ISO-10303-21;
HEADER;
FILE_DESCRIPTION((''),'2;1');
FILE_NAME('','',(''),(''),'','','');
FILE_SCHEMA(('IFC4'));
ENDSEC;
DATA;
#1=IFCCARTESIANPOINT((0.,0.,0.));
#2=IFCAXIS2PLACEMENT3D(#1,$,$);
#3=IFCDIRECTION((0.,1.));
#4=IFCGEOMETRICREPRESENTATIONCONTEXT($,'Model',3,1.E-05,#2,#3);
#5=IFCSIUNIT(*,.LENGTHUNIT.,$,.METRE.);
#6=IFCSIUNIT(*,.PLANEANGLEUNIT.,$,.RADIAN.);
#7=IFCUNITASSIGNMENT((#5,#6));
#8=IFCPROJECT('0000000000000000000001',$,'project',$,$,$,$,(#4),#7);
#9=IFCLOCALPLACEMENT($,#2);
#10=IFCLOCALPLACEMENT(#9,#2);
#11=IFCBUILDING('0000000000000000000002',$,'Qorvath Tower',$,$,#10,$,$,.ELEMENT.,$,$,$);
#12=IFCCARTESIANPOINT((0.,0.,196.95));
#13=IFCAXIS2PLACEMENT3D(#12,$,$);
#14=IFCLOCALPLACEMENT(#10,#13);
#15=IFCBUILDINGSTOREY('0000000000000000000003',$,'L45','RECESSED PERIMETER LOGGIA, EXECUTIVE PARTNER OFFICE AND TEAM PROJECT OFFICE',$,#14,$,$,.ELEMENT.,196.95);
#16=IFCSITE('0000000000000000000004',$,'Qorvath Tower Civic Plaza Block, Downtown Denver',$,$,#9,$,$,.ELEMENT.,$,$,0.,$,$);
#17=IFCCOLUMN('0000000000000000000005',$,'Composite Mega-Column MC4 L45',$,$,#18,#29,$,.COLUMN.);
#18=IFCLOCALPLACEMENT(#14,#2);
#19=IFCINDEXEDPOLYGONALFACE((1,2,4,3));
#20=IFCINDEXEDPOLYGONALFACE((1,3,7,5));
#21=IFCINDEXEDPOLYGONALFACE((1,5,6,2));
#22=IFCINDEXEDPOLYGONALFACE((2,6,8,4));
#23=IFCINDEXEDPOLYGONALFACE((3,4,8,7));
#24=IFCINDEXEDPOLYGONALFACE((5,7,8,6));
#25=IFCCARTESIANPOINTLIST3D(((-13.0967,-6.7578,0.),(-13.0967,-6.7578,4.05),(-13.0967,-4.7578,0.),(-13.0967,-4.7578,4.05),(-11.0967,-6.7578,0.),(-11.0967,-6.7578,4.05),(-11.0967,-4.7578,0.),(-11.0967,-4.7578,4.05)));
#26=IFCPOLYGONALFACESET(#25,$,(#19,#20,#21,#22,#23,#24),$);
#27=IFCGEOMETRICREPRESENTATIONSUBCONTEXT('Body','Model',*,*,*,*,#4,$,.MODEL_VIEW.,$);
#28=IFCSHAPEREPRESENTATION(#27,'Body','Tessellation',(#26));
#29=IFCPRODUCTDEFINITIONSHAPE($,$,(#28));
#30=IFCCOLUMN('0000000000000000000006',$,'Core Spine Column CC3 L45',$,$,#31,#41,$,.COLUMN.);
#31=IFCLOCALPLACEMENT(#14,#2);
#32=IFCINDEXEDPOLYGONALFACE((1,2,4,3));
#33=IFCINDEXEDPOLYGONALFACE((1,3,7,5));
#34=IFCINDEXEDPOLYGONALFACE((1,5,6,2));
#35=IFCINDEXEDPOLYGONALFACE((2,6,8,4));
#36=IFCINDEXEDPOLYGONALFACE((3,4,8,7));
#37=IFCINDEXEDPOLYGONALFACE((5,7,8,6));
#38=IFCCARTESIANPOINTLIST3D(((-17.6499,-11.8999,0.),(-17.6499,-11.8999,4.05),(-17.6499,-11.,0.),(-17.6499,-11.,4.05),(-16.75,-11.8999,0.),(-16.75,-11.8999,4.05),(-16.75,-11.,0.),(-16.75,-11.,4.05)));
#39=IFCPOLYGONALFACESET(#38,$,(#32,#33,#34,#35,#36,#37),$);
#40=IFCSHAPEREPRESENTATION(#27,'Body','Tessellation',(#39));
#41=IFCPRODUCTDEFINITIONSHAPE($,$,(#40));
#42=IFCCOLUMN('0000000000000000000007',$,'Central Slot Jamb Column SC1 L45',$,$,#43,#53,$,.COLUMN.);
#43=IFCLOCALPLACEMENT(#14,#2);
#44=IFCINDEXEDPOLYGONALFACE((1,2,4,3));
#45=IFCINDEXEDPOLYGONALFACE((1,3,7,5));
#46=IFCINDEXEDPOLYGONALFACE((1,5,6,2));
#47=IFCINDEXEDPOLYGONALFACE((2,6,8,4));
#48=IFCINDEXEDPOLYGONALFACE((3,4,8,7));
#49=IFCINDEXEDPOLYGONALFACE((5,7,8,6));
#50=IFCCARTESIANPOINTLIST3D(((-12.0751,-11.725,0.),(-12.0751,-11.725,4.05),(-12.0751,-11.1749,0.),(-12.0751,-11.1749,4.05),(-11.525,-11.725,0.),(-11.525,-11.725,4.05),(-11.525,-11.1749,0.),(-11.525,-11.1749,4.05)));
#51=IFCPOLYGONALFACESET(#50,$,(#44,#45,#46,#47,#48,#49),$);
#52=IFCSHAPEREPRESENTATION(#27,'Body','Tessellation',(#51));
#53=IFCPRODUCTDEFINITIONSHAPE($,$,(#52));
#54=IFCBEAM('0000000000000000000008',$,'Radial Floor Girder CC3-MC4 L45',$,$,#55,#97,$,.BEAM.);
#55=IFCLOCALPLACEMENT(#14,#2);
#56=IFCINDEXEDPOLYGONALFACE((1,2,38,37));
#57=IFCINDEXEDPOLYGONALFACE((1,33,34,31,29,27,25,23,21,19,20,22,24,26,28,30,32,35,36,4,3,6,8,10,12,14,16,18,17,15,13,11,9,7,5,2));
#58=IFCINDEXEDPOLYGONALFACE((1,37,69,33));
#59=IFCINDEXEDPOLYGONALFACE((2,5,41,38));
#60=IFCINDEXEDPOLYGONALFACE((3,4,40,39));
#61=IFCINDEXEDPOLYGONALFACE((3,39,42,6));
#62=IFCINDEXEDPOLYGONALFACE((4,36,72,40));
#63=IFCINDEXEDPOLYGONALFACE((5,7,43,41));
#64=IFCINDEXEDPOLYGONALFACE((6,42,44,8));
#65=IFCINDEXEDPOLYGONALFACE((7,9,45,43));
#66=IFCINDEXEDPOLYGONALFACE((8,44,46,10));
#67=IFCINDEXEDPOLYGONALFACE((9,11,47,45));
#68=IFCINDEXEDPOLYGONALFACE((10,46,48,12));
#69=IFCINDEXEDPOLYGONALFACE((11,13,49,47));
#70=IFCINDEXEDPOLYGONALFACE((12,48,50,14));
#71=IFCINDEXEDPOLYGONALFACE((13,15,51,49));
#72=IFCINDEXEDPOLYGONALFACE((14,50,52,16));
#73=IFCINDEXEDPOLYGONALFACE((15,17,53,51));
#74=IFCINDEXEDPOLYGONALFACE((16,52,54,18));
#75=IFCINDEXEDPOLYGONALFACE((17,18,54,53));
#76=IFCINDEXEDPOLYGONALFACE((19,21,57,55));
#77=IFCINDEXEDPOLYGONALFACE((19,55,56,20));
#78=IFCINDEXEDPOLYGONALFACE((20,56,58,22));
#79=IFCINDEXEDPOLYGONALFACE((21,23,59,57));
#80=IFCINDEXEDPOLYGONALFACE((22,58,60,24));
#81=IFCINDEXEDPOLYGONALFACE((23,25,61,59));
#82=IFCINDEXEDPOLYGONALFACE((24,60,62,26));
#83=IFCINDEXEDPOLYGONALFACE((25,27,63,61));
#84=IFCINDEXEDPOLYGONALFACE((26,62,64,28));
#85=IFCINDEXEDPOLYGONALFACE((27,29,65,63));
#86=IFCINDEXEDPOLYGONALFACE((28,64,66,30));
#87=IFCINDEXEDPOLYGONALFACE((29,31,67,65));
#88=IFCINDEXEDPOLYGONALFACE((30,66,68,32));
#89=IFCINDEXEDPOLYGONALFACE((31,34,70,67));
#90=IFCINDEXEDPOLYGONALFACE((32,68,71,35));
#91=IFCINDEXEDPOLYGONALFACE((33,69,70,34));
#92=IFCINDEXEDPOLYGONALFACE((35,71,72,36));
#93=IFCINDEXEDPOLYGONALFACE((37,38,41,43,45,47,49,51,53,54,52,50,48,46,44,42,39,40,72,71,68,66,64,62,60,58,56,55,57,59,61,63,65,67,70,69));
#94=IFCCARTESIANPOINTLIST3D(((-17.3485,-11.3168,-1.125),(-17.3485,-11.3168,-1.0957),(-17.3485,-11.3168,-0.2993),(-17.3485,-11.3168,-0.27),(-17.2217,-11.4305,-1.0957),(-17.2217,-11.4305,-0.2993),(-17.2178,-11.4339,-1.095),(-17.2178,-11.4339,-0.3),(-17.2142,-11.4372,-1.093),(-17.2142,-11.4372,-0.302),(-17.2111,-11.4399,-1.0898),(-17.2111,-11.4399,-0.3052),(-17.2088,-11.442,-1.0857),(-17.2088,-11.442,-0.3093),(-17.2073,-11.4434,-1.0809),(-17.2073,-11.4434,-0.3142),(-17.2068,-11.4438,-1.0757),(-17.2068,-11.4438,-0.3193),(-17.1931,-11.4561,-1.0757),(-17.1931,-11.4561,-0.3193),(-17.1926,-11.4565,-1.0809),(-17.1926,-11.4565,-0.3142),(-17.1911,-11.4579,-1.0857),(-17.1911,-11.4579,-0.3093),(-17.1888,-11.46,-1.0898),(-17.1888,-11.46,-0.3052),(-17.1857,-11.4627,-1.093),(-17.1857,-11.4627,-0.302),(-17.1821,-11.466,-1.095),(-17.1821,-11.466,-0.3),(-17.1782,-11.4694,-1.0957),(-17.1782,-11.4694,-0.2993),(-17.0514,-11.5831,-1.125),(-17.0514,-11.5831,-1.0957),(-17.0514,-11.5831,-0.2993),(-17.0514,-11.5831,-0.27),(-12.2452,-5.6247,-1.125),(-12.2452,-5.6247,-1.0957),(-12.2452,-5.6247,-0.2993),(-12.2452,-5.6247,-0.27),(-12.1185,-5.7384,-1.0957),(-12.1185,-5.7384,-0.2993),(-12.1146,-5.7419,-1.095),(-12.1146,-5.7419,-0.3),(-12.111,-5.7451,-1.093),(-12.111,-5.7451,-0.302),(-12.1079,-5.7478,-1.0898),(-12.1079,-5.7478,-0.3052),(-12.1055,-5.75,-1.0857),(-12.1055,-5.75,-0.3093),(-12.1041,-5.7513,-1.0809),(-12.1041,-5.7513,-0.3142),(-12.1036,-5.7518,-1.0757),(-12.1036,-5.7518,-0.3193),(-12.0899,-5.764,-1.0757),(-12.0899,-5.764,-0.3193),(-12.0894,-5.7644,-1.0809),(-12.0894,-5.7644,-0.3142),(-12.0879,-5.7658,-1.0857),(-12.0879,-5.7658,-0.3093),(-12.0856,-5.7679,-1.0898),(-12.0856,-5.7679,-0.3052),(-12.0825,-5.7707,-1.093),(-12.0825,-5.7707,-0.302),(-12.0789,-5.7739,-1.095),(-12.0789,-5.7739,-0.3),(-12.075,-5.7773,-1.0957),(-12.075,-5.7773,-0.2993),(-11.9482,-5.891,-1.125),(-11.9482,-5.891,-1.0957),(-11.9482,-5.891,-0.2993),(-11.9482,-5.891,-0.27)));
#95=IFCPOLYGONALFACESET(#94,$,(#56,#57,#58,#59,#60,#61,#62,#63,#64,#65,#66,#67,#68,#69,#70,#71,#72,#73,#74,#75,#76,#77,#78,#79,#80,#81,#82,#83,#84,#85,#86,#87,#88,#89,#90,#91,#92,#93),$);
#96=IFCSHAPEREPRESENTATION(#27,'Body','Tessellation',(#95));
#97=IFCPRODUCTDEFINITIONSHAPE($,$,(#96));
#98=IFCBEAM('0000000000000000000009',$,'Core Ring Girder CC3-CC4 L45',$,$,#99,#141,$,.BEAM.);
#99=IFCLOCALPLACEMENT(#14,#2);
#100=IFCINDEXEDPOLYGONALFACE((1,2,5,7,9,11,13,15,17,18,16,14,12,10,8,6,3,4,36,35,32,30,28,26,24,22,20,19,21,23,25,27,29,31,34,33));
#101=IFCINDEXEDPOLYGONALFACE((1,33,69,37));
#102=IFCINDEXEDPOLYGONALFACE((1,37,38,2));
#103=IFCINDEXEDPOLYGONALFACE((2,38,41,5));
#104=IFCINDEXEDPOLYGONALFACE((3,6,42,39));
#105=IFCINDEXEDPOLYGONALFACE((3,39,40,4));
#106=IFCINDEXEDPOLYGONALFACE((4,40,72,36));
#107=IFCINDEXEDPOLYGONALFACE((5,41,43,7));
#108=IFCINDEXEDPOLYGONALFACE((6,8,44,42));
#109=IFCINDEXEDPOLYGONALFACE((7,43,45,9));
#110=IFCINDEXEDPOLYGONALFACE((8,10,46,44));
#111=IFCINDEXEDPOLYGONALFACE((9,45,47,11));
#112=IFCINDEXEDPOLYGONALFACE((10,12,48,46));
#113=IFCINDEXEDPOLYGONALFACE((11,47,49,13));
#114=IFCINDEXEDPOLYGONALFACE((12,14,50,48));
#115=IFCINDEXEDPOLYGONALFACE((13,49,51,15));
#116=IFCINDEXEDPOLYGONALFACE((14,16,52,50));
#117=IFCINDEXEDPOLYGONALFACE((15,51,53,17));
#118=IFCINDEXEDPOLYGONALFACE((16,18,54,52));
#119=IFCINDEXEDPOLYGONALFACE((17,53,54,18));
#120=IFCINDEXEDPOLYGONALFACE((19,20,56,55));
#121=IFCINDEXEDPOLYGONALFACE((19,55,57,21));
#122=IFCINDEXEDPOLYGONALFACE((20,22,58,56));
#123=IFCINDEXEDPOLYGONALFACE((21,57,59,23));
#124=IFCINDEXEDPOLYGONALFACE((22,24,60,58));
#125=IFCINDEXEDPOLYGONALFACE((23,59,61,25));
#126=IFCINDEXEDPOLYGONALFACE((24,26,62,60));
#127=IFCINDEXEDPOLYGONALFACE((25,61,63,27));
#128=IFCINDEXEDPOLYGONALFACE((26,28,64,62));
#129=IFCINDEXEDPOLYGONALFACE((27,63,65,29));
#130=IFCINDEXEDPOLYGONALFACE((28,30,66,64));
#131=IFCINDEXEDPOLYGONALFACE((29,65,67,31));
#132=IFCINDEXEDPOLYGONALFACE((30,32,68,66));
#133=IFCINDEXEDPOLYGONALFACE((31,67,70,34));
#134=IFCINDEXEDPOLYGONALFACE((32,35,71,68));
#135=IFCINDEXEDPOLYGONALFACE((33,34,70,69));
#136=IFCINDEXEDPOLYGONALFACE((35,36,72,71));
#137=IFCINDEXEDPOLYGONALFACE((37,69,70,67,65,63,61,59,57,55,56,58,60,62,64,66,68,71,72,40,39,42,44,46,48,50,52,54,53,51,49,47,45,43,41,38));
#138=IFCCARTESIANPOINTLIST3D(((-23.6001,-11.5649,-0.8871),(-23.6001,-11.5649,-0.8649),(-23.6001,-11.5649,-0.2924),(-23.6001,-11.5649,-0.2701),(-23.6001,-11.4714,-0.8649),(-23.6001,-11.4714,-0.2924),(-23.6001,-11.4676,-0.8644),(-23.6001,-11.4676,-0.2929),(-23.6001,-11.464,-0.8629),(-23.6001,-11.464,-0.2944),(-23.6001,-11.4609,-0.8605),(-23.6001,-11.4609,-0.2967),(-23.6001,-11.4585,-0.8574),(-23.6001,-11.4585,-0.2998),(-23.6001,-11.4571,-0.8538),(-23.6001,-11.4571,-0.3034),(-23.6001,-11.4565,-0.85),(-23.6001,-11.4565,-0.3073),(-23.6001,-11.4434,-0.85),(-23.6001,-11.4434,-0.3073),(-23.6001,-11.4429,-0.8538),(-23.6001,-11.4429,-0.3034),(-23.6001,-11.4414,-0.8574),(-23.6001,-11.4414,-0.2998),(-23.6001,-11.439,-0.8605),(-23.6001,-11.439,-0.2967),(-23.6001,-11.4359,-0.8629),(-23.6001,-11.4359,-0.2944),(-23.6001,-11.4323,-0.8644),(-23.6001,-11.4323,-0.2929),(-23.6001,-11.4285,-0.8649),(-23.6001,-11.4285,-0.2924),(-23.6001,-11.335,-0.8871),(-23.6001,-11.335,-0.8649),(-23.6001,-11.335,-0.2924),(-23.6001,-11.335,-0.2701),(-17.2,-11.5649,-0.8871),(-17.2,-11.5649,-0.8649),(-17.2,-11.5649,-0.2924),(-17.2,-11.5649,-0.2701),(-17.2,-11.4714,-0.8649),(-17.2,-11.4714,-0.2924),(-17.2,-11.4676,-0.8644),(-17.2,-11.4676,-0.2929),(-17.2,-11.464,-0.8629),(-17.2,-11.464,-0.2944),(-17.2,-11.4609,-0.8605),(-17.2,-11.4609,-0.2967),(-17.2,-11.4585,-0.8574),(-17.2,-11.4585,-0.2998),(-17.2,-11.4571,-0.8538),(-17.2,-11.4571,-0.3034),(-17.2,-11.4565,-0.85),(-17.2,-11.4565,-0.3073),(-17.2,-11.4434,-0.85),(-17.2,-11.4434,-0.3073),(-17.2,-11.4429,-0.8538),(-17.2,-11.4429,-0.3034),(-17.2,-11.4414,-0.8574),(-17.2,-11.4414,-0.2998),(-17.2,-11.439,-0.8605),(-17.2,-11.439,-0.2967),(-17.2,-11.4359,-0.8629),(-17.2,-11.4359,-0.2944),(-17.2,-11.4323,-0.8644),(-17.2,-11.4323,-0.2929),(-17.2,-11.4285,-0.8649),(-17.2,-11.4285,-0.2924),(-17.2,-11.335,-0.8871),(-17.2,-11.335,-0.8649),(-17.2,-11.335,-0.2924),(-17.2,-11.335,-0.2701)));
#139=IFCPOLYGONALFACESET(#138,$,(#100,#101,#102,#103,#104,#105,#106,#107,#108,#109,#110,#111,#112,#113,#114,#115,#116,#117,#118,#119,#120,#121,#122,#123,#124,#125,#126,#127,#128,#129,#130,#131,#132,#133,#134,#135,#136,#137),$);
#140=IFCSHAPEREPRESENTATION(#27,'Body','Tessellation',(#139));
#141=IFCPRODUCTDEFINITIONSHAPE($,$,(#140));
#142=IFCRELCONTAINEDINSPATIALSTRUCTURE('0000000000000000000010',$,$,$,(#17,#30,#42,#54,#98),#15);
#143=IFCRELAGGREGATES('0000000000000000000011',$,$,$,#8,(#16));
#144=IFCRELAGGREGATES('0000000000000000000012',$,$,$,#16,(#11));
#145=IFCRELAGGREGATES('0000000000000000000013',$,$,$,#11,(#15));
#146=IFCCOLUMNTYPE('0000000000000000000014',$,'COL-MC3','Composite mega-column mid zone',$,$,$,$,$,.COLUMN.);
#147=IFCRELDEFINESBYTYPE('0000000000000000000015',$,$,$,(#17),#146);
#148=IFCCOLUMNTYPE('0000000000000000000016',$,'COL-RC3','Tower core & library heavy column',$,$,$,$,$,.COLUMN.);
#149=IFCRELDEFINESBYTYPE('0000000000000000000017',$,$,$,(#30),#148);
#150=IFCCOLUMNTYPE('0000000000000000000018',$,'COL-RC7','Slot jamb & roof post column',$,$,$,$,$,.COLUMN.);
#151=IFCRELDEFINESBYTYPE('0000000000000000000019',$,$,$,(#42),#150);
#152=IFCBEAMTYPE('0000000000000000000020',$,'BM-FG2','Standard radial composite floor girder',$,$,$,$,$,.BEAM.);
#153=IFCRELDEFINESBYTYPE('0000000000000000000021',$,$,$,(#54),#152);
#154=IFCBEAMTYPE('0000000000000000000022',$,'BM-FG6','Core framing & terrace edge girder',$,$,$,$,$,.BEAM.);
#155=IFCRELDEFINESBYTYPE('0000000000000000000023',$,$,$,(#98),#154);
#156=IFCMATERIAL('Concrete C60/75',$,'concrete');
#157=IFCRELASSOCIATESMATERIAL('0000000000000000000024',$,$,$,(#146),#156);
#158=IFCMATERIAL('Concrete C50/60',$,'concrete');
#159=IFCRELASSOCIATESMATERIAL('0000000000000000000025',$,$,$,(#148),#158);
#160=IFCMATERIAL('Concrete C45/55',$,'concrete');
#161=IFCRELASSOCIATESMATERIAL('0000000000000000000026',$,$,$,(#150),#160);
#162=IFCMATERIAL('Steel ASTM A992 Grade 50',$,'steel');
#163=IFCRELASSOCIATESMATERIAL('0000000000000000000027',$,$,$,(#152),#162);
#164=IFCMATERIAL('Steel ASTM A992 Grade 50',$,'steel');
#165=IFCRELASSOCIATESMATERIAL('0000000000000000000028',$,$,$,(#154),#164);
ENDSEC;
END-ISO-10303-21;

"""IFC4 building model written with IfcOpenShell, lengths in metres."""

from ifc_helpers import new_model, si_unit, direction, frame, origin, origin_2d, place, context, subcontext, project, spatial, rectangle, i_section, extrude, material, material_profile, profile_set, type_object, element, save


model = new_model("IFC4")

# Units and contexts
model_context = context("Model", 3, precision=1e-05, world=origin(), true_north=direction((0.0, 1.0)))
body_context = subcontext(model_context, "Body", "Model", "MODEL_VIEW")
ifc_project = project(units=[si_unit("LENGTHUNIT", "METRE"), si_unit("PLANEANGLEUNIT", "RADIAN")], contexts=[model_context])

# Site, building, storey
site_placement = place(None, origin())
site = spatial("IfcSite", under=ifc_project, at=site_placement, Name="Qorvath Tower Civic Plaza Block, Downtown Denver", CompositionType="ELEMENT", RefElevation=0.0)
building_placement = place(site_placement, origin())
building = spatial("IfcBuilding", under=site, at=building_placement, Name="Qorvath Tower", CompositionType="ELEMENT")
storey_placement = place(building_placement, frame((0.0, 0.0, 196.95)))
storey = spatial("IfcBuildingStorey", under=building, at=storey_placement, Name="L45", Description="RECESSED PERIMETER LOGGIA, EXECUTIVE PARTNER OFFICE AND TEAM PROJECT OFFICE", CompositionType="ELEMENT", Elevation=196.95)

# Columns
ifc_material_1 = material(Name="Concrete C60/75", Category="concrete")
ifc_material_profile_1 = material_profile(ifc_material_1, rectangle(XDim=2.0, YDim=2.0, at=origin_2d()), Name="MC 2000x2000")
ifc_profile_set_1 = profile_set([ifc_material_profile_1], Name="Concrete C60/75")
column_type_1 = type_object("IfcColumnType", Name="COL-MC3", Description="Composite mega-column mid zone", PredefinedType="COLUMN", material=ifc_profile_set_1)
column_1_placement = place(storey_placement, frame((-12.0967, -5.7578, 0.0), z_axis=(0.0, 0.0, 1.0), x_axis=(1.0, 0.0, 0.0)))
element("IfcColumn", 1, at=column_1_placement, inside=storey, type_object=column_type_1, Name="Composite Mega-Column MC4 L45", PredefinedType="COLUMN", context=body_context, shape_type="SweptSolid", body=[
    extrude(rectangle(XDim=2.0, YDim=2.0, at=origin_2d()), origin(), (0.0, 0.0, 1.0), 4.05),
])
ifc_material_2 = material(Name="Concrete C50/60", Category="concrete")
ifc_material_profile_2 = material_profile(ifc_material_2, rectangle(XDim=0.8999, YDim=0.8999, at=origin_2d()), Name="RC 900x900")
ifc_profile_set_2 = profile_set([ifc_material_profile_2], Name="Concrete C50/60")
column_type_2 = type_object("IfcColumnType", Name="COL-RC3", Description="Tower core & library heavy column", PredefinedType="COLUMN", material=ifc_profile_set_2)
column_2_placement = place(storey_placement, frame((-17.2, -11.45, 0.0), z_axis=(0.0, 0.0, 1.0), x_axis=(1.0, 0.0, 0.0)))
element("IfcColumn", 2, at=column_2_placement, inside=storey, type_object=column_type_2, Name="Core Spine Column CC3 L45", PredefinedType="COLUMN", context=body_context, shape_type="SweptSolid", body=[
    extrude(rectangle(XDim=0.8999, YDim=0.8999, at=origin_2d()), origin(), (0.0, 0.0, 1.0), 4.05),
])
ifc_material_3 = material(Name="Concrete C45/55", Category="concrete")
ifc_material_profile_3 = material_profile(ifc_material_3, rectangle(XDim=0.55, YDim=0.55, at=origin_2d()), Name="RC 550x550")
ifc_profile_set_3 = profile_set([ifc_material_profile_3], Name="Concrete C45/55")
column_type_3 = type_object("IfcColumnType", Name="COL-RC7", Description="Slot jamb & roof post column", PredefinedType="COLUMN", material=ifc_profile_set_3)
column_3_placement = place(storey_placement, frame((-11.8, -11.45, 0.0), z_axis=(0.0, 0.0, 1.0), x_axis=(1.0, 0.0, 0.0)))
element("IfcColumn", 3, at=column_3_placement, inside=storey, type_object=column_type_3, Name="Central Slot Jamb Column SC1 L45", PredefinedType="COLUMN", context=body_context, shape_type="SweptSolid", body=[
    extrude(rectangle(XDim=0.55, YDim=0.55, at=origin_2d()), origin(), (0.0, 0.0, 1.0), 4.05),
])

# Beams
ifc_material_4 = material(Name="Steel ASTM A992 Grade 50", Category="steel")
ifc_material_profile_4 = material_profile(ifc_material_4, i_section(OverallWidth=0.3989, OverallDepth=0.855, WebThickness=0.0183, FlangeThickness=0.0293, FilletRadius=0.02, at=origin_2d()), Name="W33x201")
ifc_profile_set_4 = profile_set([ifc_material_profile_4], Name="Steel ASTM A992 Grade 50")
beam_type_1 = type_object("IfcBeamType", Name="BM-FG2", Description="Standard radial composite floor girder", PredefinedType="BEAM", material=ifc_profile_set_4)
beam_1_placement = place(storey_placement, frame((-17.2, -11.45, -0.6975), z_axis=(0.667543, 0.744571, 0.0), x_axis=(-0.744571, 0.667543, 0.0)))
element("IfcBeam", 4, at=beam_1_placement, inside=storey, type_object=beam_type_1, Name="Radial Floor Girder CC3-MC4 L45", PredefinedType="BEAM", context=body_context, shape_type="SweptSolid", body=[
    extrude(i_section(OverallWidth=0.3989, OverallDepth=0.855, WebThickness=0.0183, FlangeThickness=0.0293, FilletRadius=0.02, at=origin_2d()), origin(), (0.0, 0.0, 1.0), 7.6448),
])
ifc_material_5 = material(Name="Steel ASTM A992 Grade 50", Category="steel")
ifc_material_profile_5 = material_profile(ifc_material_5, i_section(OverallWidth=0.23, OverallDepth=0.6169, WebThickness=0.0132, FlangeThickness=0.0222, FilletRadius=0.0149, at=origin_2d()), Name="W24x94")
ifc_profile_set_5 = profile_set([ifc_material_profile_5], Name="Steel ASTM A992 Grade 50")
beam_type_2 = type_object("IfcBeamType", Name="BM-FG6", Description="Core framing & terrace edge girder", PredefinedType="BEAM", material=ifc_profile_set_5)
beam_2_placement = place(storey_placement, frame((-17.2, -11.45, -0.5786), z_axis=(-1.0, 0.0, 0.0), x_axis=(0.0, -1.0, 0.0)))
element("IfcBeam", 5, at=beam_2_placement, inside=storey, type_object=beam_type_2, Name="Core Ring Girder CC3-CC4 L45", PredefinedType="BEAM", context=body_context, shape_type="SweptSolid", body=[
    extrude(i_section(OverallWidth=0.23, OverallDepth=0.6169, WebThickness=0.0132, FlangeThickness=0.0222, FilletRadius=0.0149, at=origin_2d()), origin(), (0.0, 0.0, 1.0), 6.4001),
])

save(model, "model.ifc")
